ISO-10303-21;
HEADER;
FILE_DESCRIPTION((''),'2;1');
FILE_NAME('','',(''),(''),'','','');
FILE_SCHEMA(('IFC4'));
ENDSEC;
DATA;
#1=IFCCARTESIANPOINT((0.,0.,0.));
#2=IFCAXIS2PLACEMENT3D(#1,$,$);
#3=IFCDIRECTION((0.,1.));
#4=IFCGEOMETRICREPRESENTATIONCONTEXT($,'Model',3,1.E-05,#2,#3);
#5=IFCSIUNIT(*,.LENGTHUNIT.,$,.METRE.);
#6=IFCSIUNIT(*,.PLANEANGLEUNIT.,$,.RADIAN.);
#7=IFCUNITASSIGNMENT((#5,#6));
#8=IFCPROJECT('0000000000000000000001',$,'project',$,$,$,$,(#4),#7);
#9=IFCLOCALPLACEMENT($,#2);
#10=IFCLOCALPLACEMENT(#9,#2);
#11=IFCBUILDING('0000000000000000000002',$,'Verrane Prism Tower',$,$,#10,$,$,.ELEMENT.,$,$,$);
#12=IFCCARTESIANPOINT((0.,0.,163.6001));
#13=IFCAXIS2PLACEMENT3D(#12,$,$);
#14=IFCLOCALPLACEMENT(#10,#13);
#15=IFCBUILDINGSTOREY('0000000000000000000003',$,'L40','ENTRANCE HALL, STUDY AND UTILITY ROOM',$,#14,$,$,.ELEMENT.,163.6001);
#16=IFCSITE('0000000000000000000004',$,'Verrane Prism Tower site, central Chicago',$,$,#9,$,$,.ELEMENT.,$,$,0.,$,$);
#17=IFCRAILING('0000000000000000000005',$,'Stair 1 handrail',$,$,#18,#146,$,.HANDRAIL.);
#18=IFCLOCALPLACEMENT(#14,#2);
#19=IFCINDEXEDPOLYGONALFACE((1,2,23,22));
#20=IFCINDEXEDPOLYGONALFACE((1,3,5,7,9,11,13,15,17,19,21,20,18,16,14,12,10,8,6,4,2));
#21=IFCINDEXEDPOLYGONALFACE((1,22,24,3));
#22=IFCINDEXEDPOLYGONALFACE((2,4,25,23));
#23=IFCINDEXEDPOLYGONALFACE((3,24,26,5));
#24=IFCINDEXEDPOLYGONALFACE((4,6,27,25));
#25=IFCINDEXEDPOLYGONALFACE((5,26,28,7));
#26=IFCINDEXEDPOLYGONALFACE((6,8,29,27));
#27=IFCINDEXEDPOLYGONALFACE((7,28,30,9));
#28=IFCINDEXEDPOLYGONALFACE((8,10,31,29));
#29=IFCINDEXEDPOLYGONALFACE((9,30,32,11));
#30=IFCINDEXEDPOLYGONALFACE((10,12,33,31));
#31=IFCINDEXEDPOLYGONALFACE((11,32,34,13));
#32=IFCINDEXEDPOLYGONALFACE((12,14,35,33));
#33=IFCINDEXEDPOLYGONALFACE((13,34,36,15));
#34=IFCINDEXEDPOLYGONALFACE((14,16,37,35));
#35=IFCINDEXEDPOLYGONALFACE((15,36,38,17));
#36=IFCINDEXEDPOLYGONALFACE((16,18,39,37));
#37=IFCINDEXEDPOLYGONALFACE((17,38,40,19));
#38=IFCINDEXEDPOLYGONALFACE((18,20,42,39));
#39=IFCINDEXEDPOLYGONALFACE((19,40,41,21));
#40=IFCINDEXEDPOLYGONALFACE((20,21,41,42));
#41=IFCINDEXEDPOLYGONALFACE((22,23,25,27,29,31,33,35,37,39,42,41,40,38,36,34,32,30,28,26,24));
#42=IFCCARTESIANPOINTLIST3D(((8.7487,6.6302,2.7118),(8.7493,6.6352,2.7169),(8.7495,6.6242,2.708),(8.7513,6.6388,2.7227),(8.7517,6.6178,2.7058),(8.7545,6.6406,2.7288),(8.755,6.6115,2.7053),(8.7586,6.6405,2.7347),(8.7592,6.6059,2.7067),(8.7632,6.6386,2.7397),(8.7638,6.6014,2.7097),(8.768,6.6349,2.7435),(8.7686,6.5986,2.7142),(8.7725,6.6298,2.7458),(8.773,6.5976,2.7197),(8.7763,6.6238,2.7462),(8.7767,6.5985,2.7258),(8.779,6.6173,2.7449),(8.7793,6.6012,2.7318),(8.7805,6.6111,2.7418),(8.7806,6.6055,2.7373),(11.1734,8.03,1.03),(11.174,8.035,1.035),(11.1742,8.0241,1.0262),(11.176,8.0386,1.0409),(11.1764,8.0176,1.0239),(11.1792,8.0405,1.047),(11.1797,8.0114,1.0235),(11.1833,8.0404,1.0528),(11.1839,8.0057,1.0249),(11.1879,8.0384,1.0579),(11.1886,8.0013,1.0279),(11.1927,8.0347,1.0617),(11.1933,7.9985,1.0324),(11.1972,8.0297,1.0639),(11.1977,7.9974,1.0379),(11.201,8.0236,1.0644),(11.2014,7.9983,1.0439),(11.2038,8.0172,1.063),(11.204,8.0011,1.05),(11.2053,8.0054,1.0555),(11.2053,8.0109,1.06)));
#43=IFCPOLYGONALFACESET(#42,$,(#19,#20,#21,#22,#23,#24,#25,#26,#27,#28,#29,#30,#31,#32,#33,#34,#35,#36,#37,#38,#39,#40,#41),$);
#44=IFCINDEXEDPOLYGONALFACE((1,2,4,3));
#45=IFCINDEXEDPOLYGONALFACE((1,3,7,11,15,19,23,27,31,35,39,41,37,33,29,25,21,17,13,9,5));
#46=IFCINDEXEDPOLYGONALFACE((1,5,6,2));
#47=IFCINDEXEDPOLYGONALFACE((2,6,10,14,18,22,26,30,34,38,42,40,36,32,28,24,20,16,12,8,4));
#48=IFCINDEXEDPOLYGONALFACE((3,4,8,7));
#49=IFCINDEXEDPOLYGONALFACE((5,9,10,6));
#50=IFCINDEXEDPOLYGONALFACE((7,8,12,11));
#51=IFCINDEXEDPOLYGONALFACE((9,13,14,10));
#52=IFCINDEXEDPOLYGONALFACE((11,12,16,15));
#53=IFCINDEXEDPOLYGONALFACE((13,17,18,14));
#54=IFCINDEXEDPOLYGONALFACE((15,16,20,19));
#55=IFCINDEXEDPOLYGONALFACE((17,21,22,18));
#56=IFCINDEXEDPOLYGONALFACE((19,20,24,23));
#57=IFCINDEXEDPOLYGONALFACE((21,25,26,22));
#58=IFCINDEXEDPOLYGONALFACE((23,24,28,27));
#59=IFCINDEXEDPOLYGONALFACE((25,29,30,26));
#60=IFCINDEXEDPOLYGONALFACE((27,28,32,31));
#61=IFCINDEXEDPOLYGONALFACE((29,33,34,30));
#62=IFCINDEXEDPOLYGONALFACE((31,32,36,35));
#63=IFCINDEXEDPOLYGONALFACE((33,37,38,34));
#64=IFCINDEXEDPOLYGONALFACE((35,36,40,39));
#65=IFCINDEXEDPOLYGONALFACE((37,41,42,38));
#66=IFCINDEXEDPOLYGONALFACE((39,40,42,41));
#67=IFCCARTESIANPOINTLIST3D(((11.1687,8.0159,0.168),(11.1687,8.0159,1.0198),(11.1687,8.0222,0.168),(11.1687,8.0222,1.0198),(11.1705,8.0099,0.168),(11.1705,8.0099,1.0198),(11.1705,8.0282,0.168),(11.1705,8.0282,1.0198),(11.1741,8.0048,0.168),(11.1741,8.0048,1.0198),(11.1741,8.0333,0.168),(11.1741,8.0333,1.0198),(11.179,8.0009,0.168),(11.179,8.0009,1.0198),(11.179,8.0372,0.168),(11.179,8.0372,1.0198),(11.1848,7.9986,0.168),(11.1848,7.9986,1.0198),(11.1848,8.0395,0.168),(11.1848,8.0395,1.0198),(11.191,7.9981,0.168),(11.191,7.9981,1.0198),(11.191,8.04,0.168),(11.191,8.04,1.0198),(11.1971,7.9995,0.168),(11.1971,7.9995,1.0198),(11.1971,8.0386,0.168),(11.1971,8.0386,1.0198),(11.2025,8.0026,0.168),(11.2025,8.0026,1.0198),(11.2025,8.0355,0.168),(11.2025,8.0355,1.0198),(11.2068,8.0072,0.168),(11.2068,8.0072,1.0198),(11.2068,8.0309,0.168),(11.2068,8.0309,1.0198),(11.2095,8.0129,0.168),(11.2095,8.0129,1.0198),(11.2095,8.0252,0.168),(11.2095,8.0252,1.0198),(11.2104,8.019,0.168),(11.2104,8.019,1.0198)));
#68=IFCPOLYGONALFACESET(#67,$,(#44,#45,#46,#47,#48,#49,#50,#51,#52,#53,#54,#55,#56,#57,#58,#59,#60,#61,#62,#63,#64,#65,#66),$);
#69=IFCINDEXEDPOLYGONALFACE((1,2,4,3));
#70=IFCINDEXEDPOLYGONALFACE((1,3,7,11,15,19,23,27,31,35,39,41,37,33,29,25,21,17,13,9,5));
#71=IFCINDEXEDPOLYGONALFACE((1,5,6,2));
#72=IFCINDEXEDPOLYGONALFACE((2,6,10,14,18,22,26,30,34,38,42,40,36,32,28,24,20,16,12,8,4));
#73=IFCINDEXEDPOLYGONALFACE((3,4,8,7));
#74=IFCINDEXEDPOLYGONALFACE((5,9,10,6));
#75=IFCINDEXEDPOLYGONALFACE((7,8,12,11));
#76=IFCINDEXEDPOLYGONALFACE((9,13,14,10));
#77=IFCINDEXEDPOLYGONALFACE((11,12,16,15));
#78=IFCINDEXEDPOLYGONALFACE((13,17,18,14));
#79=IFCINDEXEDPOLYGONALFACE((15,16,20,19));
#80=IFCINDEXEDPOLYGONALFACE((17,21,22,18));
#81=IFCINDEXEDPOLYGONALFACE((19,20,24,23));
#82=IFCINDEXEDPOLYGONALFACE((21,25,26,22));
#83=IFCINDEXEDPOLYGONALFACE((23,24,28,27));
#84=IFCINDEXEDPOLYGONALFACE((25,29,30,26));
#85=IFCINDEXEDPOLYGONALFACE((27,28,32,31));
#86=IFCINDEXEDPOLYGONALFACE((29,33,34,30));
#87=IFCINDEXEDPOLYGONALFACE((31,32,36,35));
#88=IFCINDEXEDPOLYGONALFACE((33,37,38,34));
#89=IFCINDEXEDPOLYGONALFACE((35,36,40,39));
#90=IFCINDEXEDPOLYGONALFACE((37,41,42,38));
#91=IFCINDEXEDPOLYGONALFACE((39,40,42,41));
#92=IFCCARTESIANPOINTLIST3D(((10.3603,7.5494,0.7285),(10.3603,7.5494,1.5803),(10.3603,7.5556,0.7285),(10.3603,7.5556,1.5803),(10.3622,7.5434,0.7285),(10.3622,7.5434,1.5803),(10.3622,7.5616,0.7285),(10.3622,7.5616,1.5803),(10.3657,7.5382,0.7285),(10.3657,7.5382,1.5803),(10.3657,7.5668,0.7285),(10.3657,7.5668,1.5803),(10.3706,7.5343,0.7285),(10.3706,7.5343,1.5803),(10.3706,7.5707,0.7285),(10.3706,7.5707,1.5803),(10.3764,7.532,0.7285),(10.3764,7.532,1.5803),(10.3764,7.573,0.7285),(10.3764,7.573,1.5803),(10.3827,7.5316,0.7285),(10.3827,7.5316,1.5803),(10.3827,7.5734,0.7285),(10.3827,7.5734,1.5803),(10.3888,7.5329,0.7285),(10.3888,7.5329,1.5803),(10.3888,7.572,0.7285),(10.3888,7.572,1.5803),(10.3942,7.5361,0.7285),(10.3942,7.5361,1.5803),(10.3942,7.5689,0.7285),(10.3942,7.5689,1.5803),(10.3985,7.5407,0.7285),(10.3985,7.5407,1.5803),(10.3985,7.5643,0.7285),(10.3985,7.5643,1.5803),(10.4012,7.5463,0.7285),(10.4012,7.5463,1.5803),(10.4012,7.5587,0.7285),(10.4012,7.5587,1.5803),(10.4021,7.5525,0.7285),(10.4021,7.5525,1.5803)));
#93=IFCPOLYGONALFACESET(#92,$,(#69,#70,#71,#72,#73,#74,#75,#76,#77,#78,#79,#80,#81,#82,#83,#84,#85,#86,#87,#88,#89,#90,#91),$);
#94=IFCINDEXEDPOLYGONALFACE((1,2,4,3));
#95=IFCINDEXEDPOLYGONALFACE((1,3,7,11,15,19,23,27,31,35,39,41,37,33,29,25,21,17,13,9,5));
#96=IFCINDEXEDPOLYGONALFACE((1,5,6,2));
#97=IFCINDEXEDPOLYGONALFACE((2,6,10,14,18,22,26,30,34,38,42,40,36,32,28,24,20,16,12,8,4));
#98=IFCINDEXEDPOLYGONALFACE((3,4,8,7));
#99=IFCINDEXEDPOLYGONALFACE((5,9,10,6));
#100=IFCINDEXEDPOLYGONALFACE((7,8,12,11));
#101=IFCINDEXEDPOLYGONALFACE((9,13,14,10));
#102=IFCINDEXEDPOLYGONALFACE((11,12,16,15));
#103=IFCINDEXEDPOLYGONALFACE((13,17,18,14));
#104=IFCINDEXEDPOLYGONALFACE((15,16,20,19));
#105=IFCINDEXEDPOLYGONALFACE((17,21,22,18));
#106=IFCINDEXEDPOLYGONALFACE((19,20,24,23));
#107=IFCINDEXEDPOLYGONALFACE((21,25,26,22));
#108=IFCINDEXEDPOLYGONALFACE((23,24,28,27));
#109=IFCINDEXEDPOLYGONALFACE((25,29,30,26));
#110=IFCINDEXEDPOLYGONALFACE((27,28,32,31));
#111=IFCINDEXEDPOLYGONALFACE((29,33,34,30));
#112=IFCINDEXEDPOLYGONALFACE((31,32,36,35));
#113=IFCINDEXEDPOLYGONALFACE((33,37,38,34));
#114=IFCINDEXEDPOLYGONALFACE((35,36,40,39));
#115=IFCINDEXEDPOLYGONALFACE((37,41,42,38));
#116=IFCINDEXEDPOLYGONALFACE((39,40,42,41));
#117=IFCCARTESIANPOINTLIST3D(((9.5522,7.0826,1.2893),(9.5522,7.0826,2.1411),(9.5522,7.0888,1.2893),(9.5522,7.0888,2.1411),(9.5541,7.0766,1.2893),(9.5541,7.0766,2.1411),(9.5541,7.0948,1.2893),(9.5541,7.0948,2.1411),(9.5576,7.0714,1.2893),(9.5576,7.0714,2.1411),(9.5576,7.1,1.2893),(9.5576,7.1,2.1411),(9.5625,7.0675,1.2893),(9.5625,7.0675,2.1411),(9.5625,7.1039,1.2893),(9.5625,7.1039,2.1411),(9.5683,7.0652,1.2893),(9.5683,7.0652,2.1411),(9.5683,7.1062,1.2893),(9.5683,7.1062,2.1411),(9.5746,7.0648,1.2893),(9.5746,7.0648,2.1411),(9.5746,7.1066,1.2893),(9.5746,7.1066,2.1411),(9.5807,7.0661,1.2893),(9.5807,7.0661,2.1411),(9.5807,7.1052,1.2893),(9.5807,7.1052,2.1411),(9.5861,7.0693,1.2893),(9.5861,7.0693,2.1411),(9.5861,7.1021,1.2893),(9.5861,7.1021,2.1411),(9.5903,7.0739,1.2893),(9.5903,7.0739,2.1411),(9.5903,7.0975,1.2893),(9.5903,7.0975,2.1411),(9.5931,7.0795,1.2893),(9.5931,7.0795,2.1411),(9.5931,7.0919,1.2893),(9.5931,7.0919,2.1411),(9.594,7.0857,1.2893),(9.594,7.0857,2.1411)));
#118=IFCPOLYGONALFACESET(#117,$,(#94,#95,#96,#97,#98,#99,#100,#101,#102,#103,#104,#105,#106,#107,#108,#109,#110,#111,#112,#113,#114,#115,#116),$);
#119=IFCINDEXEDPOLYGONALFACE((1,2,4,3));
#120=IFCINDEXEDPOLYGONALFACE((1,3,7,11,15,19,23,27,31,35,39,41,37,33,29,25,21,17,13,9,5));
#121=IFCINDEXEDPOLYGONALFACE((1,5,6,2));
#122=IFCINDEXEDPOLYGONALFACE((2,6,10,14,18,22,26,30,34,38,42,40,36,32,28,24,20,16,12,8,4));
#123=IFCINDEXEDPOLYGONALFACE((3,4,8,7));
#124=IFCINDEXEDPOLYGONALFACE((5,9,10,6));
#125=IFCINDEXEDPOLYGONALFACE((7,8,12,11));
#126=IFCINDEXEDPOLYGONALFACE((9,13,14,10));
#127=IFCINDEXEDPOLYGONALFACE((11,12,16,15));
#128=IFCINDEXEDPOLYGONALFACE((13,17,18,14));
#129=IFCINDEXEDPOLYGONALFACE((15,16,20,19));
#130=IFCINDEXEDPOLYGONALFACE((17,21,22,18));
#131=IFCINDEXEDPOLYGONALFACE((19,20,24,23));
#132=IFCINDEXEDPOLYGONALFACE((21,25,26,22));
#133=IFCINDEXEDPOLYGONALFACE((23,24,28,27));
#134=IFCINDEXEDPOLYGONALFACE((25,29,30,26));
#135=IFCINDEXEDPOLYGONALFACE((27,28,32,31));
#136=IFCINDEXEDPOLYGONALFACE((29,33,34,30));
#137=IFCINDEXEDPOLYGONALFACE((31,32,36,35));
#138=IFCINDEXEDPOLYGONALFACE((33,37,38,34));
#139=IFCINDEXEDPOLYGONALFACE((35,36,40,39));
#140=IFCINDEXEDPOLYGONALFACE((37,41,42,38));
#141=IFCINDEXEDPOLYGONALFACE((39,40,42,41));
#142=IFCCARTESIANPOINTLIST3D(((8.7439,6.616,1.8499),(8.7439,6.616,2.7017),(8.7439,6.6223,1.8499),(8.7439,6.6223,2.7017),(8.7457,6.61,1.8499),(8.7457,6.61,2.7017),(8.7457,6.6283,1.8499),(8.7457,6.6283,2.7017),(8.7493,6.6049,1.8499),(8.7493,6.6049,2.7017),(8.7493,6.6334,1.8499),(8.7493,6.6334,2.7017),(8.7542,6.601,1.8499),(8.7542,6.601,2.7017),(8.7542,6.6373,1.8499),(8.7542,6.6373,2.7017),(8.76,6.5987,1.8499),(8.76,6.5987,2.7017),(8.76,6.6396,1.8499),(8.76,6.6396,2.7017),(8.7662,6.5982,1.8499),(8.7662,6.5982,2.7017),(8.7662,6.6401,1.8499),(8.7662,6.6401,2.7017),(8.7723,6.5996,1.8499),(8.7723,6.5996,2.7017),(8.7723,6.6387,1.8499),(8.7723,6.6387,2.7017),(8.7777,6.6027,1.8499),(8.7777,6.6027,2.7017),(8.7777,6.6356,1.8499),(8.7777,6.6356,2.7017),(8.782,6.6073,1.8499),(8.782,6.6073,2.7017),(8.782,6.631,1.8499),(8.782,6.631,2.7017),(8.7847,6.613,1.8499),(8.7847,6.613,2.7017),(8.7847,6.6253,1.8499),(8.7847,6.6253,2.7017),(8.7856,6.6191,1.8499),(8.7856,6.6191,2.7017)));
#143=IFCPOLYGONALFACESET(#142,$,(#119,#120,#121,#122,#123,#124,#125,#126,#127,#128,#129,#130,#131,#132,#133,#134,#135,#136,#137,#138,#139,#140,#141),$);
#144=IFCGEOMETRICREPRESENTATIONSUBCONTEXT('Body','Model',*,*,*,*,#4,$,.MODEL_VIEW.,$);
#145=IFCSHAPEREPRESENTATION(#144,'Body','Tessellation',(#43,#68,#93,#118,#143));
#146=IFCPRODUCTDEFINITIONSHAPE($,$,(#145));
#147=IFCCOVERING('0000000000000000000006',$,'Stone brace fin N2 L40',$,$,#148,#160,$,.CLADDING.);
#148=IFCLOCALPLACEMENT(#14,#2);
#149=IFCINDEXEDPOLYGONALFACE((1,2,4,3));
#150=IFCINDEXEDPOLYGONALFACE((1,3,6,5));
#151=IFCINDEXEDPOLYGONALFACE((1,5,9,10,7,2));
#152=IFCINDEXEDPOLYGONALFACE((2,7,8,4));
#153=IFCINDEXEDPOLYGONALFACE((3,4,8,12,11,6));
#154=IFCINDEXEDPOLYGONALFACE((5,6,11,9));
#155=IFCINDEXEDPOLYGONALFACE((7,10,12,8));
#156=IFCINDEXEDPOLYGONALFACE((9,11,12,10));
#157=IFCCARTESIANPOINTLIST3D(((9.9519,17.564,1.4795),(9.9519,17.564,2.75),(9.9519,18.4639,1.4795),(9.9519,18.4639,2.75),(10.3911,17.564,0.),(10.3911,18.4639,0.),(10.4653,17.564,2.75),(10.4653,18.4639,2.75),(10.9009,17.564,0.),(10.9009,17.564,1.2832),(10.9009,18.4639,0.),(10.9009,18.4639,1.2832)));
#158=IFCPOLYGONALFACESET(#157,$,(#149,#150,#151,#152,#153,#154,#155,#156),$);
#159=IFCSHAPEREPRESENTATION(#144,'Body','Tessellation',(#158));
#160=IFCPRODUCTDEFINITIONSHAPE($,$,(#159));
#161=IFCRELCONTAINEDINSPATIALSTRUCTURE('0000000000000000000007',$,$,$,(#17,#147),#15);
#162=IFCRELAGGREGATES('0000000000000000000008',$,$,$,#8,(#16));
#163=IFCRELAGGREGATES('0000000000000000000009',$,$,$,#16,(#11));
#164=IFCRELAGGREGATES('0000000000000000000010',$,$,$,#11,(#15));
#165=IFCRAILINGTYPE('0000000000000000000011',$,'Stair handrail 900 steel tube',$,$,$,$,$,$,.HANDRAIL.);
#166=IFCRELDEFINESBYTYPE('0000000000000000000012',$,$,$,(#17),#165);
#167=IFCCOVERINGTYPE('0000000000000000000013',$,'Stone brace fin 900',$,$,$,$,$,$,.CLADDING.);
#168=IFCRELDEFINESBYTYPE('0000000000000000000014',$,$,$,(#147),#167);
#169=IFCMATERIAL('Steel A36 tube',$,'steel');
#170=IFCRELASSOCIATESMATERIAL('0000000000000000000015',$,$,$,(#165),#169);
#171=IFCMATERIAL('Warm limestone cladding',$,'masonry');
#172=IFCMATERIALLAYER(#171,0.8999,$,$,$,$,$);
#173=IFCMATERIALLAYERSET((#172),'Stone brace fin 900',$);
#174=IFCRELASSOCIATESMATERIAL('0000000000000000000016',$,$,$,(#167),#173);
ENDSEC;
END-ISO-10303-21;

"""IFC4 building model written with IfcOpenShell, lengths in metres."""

from ifc_helpers import new_model, si_unit, direction, frame, origin, origin_2d, place, context, subcontext, project, spatial, polyline, circle, outline, extrude, material, layer, layer_set, type_object, element, save


model = new_model("IFC4")

# Units and contexts
model_context = context("Model", 3, precision=1e-05, world=origin(), true_north=direction((0.0, 1.0)))
body_context = subcontext(model_context, "Body", "Model", "MODEL_VIEW")
ifc_project = project(units=[si_unit("LENGTHUNIT", "METRE"), si_unit("PLANEANGLEUNIT", "RADIAN")], contexts=[model_context])

# Site, building, storey
site_placement = place(None, origin())
site = spatial("IfcSite", under=ifc_project, at=site_placement, Name="Verrane Prism Tower site, central Chicago", CompositionType="ELEMENT", RefElevation=0.0)
building_placement = place(site_placement, origin())
building = spatial("IfcBuilding", under=site, at=building_placement, Name="Verrane Prism Tower", CompositionType="ELEMENT")
storey_placement = place(building_placement, frame((0.0, 0.0, 163.6001)))
storey = spatial("IfcBuildingStorey", under=building, at=storey_placement, Name="L40", Description="ENTRANCE HALL, STUDY AND UTILITY ROOM", CompositionType="ELEMENT", Elevation=163.6001)

# Railing
ifc_material_1 = material(Name="Steel A36 tube", Category="steel")
railing_type = type_object("IfcRailingType", Name="Stair handrail 900 steel tube", PredefinedType="HANDRAIL", material=ifc_material_1)
railing_placement = place(storey_placement, frame((11.1895, 8.019, 0.168)))
element("IfcRailing", 1, at=railing_placement, inside=storey, type_object=railing_type, Name="Stair 1 handrail", PredefinedType="HANDRAIL", context=body_context, shape_type="SweptSolid", body=[
    extrude(circle(Radius=0.0239, at=origin_2d()), frame((0.0, 0.0, 0.876), z_axis=(-0.74239, -0.428601, 0.514934), x_axis=(0.499984, -0.866035, 0.0)), (0.0, 0.0, 1.0), 3.2661),
    extrude(circle(Radius=0.021, at=origin_2d()), origin(), (0.0, 0.0, 1.0), 0.8518),
    extrude(circle(Radius=0.021, at=origin_2d()), frame((-0.8083, -0.4666, 0.5605)), (0.0, 0.0, 1.0), 0.8518),
    extrude(circle(Radius=0.021, at=origin_2d()), frame((-1.6165, -0.9333, 1.1213)), (0.0, 0.0, 1.0), 0.8518),
    extrude(circle(Radius=0.021, at=origin_2d()), frame((-2.4248, -1.3999, 1.6819)), (0.0, 0.0, 1.0), 0.8518),
])

# Covering
ifc_material_2 = material(Name="Warm limestone cladding", Category="masonry")
ifc_layer_1 = layer(ifc_material_2, 0.8999)
ifc_layer_set_1 = layer_set([ifc_layer_1], Name="Stone brace fin 900")
covering_type = type_object("IfcCoveringType", Name="Stone brace fin 900", PredefinedType="CLADDING", material=ifc_layer_set_1)
covering_placement = place(storey_placement, frame((10.9009, 18.0139, 0.0), z_axis=(0.0, 0.0, 1.0), x_axis=(-1.0, 0.0, 0.0)))
element("IfcCovering", 2, at=covering_placement, inside=storey, type_object=covering_type, Name="Stone brace fin N2 L40", PredefinedType="CLADDING", context=body_context, shape_type="SweptSolid", body=[
    extrude(outline(polyline([(0.949, 2.75), (0.4355, 2.75), (0.0, 1.2832), (0.0, 0.0), (0.5098, 0.0), (0.949, 1.4795), (0.949, 2.75)])), frame((0.0, 0.45, 0.0), z_axis=(0.0, -1.0, 0.0), x_axis=(1.0, 0.0, 0.0)), (0.0, 0.0, 1.0), 0.8999),
])

save(model, "model.ifc")
